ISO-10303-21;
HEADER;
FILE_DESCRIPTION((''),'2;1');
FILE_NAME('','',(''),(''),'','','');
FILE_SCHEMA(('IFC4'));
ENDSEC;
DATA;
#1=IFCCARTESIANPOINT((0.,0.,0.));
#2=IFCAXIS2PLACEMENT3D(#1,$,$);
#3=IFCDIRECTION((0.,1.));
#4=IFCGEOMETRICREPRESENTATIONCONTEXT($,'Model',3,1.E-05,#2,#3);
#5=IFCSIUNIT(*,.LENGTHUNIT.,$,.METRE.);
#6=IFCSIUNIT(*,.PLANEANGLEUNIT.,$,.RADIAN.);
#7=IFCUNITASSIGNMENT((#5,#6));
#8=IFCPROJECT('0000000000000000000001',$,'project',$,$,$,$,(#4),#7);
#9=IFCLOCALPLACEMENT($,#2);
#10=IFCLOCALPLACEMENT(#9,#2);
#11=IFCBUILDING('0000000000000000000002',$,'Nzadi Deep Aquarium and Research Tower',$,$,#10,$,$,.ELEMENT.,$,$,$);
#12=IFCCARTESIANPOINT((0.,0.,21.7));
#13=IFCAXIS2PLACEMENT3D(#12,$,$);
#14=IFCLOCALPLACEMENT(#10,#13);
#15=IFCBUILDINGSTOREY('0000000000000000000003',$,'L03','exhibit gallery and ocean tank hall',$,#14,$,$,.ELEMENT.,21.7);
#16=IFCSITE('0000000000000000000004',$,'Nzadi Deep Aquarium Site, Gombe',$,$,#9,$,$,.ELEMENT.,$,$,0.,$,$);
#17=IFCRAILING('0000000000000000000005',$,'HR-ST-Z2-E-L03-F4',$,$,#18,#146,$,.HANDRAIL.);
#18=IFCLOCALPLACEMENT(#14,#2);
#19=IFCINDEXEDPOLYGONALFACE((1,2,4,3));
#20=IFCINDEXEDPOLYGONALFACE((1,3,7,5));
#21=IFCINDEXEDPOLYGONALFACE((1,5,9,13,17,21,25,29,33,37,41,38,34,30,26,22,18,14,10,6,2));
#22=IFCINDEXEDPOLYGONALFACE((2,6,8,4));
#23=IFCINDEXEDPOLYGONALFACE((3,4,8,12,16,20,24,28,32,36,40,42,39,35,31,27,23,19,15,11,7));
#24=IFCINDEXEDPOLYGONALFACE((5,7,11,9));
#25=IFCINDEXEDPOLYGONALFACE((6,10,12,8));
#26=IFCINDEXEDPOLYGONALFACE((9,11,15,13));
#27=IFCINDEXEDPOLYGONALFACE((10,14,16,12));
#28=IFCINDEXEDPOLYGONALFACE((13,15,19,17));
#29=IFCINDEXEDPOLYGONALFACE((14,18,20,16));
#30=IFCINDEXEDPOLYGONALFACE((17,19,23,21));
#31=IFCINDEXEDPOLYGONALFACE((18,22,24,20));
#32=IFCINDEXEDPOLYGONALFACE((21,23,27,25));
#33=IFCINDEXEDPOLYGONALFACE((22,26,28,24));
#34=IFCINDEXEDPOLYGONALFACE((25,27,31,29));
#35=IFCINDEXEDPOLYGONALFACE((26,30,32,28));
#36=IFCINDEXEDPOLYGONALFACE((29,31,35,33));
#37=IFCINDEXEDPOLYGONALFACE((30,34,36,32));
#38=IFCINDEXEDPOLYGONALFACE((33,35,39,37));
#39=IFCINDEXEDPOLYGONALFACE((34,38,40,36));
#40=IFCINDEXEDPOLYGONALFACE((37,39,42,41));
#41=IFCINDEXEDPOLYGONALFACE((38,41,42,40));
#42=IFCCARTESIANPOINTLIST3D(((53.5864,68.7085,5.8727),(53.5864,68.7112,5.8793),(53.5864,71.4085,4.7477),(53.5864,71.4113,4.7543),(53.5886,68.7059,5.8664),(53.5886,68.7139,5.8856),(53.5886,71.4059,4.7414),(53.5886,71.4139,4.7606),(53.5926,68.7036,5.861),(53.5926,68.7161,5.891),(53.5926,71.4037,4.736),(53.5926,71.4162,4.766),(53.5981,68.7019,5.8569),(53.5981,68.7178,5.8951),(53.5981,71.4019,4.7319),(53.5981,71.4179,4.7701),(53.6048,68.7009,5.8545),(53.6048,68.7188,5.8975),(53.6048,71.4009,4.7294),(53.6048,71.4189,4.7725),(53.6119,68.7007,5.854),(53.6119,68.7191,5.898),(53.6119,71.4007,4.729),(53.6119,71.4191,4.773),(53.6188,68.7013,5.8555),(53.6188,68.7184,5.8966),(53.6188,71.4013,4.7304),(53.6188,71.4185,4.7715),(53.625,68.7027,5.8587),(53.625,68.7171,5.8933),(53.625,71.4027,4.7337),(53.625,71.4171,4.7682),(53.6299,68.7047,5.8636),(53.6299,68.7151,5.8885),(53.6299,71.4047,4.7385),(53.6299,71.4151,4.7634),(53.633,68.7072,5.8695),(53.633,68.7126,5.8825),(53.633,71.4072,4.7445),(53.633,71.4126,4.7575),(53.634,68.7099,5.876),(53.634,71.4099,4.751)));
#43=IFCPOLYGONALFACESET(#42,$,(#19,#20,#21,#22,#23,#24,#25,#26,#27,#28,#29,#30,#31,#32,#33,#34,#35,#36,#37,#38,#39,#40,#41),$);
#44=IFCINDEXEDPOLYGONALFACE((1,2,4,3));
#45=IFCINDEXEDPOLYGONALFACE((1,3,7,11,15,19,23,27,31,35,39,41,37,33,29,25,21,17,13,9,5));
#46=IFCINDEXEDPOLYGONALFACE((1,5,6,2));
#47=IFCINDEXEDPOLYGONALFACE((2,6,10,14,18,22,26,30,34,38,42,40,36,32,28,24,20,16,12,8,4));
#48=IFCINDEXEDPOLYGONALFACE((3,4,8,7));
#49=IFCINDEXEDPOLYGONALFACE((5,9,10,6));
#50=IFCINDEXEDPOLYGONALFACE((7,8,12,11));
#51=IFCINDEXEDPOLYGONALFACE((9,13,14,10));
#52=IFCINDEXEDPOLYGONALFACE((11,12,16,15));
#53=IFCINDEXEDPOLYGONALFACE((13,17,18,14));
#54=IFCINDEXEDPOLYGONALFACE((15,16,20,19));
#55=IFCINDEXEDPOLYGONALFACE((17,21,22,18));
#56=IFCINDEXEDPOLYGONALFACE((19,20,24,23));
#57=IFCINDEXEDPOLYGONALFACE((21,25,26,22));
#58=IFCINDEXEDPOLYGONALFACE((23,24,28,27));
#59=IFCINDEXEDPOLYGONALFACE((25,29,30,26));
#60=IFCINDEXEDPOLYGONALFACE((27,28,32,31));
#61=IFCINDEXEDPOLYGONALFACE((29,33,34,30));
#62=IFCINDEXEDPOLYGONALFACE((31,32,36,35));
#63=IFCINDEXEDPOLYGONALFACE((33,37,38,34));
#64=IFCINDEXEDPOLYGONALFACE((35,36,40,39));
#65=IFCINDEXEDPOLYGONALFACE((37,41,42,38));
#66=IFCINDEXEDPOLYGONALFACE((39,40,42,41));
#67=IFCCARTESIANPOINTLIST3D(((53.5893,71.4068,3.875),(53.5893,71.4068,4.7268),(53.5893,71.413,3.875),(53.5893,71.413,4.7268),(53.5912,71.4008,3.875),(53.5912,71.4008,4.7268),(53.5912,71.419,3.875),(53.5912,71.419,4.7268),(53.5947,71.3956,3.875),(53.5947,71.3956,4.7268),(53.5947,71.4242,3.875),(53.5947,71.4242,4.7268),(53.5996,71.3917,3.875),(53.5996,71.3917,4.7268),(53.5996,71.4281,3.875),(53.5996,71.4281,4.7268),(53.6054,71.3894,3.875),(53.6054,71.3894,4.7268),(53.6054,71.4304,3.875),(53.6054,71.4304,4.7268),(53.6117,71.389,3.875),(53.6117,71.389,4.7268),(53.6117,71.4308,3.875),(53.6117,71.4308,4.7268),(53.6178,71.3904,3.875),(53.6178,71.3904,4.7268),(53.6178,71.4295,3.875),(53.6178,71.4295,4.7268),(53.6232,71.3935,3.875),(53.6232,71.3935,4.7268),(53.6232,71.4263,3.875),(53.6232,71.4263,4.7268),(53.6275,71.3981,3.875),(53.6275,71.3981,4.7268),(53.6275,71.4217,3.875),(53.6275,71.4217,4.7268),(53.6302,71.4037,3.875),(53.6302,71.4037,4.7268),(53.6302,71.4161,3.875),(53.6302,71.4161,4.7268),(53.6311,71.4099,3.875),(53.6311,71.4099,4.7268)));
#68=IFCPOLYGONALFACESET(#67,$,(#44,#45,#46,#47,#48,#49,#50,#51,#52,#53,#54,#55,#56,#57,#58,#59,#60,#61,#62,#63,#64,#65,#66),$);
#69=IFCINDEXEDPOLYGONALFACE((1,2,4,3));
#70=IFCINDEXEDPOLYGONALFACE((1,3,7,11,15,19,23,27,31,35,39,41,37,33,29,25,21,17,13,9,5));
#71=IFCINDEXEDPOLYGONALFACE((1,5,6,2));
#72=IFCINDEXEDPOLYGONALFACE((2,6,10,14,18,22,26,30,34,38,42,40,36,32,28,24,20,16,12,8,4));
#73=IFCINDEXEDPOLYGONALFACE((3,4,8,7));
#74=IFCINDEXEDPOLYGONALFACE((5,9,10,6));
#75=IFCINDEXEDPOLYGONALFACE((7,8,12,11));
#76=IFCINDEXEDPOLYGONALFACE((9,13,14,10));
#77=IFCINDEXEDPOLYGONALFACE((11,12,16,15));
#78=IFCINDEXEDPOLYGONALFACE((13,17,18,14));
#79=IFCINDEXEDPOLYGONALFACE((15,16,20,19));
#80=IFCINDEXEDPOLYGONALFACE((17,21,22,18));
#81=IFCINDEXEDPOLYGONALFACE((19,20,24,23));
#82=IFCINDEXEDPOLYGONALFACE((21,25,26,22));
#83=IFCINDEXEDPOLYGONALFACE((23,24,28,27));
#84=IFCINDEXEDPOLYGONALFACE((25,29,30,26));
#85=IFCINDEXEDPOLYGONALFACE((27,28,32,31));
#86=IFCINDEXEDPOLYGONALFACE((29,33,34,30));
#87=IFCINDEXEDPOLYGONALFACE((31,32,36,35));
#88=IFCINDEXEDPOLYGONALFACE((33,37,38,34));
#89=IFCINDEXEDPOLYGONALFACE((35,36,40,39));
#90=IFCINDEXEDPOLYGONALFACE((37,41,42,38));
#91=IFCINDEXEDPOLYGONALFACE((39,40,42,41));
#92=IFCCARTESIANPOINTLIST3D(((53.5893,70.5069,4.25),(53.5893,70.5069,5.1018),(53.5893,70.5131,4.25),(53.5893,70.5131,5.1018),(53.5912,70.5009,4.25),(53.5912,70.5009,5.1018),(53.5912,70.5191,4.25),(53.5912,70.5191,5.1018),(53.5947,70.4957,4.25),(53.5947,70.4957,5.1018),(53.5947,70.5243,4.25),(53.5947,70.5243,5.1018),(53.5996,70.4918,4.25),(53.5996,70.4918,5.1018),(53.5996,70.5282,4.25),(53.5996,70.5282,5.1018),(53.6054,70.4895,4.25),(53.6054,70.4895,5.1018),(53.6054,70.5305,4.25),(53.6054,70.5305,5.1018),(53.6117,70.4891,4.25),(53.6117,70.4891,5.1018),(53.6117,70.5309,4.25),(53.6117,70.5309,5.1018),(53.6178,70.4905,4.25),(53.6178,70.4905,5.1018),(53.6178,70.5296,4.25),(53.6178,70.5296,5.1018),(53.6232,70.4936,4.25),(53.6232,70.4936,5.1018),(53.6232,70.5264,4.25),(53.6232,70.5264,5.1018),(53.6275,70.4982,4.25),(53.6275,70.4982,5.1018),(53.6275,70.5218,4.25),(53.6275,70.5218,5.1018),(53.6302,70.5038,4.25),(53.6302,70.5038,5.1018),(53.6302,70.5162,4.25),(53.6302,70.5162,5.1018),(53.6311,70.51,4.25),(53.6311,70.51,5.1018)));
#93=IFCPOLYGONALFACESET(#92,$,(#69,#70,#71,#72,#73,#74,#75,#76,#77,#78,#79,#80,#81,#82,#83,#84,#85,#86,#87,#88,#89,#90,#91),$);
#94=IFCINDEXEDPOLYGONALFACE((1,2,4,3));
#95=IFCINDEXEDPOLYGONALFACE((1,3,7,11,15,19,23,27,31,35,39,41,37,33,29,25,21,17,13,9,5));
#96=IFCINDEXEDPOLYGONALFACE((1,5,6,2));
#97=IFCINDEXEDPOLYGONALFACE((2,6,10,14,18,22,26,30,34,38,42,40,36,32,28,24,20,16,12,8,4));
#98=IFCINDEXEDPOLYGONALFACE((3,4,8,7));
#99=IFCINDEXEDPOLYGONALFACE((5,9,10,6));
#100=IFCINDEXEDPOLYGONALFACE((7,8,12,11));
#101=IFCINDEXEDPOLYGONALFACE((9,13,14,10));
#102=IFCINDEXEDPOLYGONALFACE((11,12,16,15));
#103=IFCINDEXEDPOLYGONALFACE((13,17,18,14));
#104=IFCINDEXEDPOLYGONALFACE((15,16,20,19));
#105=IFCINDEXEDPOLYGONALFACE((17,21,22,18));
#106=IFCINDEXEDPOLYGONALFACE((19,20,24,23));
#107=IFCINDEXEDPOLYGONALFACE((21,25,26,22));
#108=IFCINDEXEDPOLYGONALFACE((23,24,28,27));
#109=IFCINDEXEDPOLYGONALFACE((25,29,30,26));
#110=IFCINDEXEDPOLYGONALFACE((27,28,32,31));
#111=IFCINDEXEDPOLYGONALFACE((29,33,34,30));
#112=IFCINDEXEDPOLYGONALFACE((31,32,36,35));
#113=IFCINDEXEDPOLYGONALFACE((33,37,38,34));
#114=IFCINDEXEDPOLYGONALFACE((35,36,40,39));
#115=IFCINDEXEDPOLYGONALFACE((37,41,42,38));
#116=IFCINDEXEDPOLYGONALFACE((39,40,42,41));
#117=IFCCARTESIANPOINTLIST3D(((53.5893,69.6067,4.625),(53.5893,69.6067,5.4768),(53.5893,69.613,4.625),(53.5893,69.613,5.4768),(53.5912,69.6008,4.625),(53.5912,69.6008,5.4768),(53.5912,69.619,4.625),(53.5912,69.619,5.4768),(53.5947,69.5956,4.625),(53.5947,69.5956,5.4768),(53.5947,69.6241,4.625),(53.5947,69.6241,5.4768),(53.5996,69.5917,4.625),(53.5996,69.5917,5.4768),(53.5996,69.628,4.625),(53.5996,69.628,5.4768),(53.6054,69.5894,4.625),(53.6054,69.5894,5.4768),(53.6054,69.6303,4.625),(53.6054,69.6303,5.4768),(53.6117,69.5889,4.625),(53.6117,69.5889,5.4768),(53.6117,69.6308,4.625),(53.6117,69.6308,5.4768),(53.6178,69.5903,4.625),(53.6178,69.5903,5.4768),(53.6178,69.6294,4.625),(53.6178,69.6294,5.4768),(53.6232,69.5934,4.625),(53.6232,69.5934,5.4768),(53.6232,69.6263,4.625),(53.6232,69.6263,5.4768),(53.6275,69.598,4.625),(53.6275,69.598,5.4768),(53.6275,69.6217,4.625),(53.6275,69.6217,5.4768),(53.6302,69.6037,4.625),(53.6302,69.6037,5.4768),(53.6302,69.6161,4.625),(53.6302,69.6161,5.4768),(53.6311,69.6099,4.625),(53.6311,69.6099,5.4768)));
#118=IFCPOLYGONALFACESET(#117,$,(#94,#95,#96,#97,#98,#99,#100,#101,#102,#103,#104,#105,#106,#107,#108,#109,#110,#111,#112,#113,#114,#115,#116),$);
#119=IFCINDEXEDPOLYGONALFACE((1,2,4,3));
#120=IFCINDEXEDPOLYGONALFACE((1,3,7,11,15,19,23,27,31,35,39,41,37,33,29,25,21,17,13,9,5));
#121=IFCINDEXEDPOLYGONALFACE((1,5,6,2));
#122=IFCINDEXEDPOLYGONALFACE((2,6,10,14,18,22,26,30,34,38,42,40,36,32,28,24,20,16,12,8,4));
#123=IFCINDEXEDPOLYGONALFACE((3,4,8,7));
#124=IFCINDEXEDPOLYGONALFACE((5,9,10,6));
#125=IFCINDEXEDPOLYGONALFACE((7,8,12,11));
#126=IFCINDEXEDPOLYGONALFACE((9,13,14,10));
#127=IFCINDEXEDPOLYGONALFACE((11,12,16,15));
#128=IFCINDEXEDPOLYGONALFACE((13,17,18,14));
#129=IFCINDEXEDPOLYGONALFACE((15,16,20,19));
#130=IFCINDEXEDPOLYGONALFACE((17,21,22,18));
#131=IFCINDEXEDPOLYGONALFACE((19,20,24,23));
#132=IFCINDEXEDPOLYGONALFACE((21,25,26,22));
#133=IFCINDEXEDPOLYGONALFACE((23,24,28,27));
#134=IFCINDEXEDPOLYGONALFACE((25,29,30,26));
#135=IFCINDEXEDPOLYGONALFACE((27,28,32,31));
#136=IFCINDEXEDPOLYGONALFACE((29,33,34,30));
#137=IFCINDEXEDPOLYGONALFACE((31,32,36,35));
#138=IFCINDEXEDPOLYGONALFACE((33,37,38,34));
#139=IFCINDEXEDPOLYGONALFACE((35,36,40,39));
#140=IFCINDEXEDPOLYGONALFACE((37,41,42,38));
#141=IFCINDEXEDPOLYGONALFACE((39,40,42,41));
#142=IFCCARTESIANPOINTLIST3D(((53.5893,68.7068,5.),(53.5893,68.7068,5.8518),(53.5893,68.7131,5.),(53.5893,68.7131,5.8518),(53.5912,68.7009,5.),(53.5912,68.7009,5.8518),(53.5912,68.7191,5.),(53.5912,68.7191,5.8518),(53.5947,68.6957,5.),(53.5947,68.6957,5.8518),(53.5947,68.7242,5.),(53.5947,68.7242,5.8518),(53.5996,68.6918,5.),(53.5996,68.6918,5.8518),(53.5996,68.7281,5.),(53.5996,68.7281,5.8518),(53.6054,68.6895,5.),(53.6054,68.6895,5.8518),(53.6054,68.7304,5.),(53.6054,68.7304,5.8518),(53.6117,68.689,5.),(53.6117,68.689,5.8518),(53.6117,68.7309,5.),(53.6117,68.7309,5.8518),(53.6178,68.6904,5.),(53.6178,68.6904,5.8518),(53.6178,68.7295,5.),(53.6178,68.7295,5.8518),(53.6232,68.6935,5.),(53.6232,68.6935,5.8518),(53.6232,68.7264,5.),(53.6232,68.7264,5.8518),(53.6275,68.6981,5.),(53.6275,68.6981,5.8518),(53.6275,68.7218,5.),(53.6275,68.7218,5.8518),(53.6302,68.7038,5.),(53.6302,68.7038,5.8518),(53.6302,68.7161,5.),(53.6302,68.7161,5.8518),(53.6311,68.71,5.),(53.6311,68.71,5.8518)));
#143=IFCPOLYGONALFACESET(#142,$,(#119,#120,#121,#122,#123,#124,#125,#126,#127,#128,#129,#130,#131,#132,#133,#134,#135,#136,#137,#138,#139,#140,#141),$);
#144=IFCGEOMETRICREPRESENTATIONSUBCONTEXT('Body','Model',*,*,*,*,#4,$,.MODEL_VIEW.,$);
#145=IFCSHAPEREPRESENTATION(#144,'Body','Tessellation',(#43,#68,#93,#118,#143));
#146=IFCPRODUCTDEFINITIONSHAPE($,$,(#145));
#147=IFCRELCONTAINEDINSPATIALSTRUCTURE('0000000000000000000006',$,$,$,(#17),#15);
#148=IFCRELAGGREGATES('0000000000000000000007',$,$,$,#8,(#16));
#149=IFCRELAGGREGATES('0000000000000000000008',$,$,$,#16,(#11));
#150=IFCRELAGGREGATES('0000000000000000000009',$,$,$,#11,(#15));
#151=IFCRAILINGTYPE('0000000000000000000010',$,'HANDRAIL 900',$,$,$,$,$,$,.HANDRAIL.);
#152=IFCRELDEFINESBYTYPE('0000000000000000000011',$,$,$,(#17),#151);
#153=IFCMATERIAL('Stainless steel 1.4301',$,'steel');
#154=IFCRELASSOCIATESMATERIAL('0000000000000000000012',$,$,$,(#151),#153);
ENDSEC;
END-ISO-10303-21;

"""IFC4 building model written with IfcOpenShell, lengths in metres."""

from ifc_helpers import new_model, si_unit, direction, frame, origin, origin_2d, place, context, subcontext, project, spatial, circle, extrude, material, type_object, element, save


model = new_model("IFC4")

# Units and contexts
model_context = context("Model", 3, precision=1e-05, world=origin(), true_north=direction((0.0, 1.0)))
body_context = subcontext(model_context, "Body", "Model", "MODEL_VIEW")
ifc_project = project(units=[si_unit("LENGTHUNIT", "METRE"), si_unit("PLANEANGLEUNIT", "RADIAN")], contexts=[model_context])

# Site, building, storey
site_placement = place(None, origin())
site = spatial("IfcSite", under=ifc_project, at=site_placement, Name="Nzadi Deep Aquarium Site, Gombe", CompositionType="ELEMENT", RefElevation=0.0)
building_placement = place(site_placement, origin())
building = spatial("IfcBuilding", under=site, at=building_placement, Name="Nzadi Deep Aquarium and Research Tower", CompositionType="ELEMENT")
storey_placement = place(building_placement, frame((0.0, 0.0, 21.7)))
storey = spatial("IfcBuildingStorey", under=building, at=storey_placement, Name="L03", Description="exhibit gallery and ocean tank hall", CompositionType="ELEMENT", Elevation=21.7)

# Railing
ifc_material_1 = material(Name="Stainless steel 1.4301", Category="steel")
railing_type = type_object("IfcRailingType", Name="HANDRAIL 900", PredefinedType="HANDRAIL", material=ifc_material_1)
for number, where, name in (
    (1, (53.6101, 71.4099, 3.875), "HR-ST-Z2-E-L03-F4"),
):
    element("IfcRailing", number, at=place(storey_placement, frame(where)), inside=storey, type_object=railing_type, Name=name, PredefinedType="HANDRAIL", context=body_context, shape_type="SweptSolid", body=[
        extrude(circle(Radius=0.0239, at=origin_2d()), frame((0.0, 0.0, 0.876), z_axis=(0.0, -0.923074, 0.384621), x_axis=(1.0, 0.0, 0.0)), (0.0, 0.0, 1.0), 2.925),
        extrude(circle(Radius=0.021, at=origin_2d()), origin(), (0.0, 0.0, 1.0), 0.8518),
        extrude(circle(Radius=0.021, at=origin_2d()), frame((0.0, -0.8999, 0.375)), (0.0, 0.0, 1.0), 0.8518),
        extrude(circle(Radius=0.021, at=origin_2d()), frame((0.0, -1.8, 0.75)), (0.0, 0.0, 1.0), 0.8518),
        extrude(circle(Radius=0.021, at=origin_2d()), frame((0.0, -2.7, 1.125)), (0.0, 0.0, 1.0), 0.8518),
    ])

save(model, "model.ifc")
